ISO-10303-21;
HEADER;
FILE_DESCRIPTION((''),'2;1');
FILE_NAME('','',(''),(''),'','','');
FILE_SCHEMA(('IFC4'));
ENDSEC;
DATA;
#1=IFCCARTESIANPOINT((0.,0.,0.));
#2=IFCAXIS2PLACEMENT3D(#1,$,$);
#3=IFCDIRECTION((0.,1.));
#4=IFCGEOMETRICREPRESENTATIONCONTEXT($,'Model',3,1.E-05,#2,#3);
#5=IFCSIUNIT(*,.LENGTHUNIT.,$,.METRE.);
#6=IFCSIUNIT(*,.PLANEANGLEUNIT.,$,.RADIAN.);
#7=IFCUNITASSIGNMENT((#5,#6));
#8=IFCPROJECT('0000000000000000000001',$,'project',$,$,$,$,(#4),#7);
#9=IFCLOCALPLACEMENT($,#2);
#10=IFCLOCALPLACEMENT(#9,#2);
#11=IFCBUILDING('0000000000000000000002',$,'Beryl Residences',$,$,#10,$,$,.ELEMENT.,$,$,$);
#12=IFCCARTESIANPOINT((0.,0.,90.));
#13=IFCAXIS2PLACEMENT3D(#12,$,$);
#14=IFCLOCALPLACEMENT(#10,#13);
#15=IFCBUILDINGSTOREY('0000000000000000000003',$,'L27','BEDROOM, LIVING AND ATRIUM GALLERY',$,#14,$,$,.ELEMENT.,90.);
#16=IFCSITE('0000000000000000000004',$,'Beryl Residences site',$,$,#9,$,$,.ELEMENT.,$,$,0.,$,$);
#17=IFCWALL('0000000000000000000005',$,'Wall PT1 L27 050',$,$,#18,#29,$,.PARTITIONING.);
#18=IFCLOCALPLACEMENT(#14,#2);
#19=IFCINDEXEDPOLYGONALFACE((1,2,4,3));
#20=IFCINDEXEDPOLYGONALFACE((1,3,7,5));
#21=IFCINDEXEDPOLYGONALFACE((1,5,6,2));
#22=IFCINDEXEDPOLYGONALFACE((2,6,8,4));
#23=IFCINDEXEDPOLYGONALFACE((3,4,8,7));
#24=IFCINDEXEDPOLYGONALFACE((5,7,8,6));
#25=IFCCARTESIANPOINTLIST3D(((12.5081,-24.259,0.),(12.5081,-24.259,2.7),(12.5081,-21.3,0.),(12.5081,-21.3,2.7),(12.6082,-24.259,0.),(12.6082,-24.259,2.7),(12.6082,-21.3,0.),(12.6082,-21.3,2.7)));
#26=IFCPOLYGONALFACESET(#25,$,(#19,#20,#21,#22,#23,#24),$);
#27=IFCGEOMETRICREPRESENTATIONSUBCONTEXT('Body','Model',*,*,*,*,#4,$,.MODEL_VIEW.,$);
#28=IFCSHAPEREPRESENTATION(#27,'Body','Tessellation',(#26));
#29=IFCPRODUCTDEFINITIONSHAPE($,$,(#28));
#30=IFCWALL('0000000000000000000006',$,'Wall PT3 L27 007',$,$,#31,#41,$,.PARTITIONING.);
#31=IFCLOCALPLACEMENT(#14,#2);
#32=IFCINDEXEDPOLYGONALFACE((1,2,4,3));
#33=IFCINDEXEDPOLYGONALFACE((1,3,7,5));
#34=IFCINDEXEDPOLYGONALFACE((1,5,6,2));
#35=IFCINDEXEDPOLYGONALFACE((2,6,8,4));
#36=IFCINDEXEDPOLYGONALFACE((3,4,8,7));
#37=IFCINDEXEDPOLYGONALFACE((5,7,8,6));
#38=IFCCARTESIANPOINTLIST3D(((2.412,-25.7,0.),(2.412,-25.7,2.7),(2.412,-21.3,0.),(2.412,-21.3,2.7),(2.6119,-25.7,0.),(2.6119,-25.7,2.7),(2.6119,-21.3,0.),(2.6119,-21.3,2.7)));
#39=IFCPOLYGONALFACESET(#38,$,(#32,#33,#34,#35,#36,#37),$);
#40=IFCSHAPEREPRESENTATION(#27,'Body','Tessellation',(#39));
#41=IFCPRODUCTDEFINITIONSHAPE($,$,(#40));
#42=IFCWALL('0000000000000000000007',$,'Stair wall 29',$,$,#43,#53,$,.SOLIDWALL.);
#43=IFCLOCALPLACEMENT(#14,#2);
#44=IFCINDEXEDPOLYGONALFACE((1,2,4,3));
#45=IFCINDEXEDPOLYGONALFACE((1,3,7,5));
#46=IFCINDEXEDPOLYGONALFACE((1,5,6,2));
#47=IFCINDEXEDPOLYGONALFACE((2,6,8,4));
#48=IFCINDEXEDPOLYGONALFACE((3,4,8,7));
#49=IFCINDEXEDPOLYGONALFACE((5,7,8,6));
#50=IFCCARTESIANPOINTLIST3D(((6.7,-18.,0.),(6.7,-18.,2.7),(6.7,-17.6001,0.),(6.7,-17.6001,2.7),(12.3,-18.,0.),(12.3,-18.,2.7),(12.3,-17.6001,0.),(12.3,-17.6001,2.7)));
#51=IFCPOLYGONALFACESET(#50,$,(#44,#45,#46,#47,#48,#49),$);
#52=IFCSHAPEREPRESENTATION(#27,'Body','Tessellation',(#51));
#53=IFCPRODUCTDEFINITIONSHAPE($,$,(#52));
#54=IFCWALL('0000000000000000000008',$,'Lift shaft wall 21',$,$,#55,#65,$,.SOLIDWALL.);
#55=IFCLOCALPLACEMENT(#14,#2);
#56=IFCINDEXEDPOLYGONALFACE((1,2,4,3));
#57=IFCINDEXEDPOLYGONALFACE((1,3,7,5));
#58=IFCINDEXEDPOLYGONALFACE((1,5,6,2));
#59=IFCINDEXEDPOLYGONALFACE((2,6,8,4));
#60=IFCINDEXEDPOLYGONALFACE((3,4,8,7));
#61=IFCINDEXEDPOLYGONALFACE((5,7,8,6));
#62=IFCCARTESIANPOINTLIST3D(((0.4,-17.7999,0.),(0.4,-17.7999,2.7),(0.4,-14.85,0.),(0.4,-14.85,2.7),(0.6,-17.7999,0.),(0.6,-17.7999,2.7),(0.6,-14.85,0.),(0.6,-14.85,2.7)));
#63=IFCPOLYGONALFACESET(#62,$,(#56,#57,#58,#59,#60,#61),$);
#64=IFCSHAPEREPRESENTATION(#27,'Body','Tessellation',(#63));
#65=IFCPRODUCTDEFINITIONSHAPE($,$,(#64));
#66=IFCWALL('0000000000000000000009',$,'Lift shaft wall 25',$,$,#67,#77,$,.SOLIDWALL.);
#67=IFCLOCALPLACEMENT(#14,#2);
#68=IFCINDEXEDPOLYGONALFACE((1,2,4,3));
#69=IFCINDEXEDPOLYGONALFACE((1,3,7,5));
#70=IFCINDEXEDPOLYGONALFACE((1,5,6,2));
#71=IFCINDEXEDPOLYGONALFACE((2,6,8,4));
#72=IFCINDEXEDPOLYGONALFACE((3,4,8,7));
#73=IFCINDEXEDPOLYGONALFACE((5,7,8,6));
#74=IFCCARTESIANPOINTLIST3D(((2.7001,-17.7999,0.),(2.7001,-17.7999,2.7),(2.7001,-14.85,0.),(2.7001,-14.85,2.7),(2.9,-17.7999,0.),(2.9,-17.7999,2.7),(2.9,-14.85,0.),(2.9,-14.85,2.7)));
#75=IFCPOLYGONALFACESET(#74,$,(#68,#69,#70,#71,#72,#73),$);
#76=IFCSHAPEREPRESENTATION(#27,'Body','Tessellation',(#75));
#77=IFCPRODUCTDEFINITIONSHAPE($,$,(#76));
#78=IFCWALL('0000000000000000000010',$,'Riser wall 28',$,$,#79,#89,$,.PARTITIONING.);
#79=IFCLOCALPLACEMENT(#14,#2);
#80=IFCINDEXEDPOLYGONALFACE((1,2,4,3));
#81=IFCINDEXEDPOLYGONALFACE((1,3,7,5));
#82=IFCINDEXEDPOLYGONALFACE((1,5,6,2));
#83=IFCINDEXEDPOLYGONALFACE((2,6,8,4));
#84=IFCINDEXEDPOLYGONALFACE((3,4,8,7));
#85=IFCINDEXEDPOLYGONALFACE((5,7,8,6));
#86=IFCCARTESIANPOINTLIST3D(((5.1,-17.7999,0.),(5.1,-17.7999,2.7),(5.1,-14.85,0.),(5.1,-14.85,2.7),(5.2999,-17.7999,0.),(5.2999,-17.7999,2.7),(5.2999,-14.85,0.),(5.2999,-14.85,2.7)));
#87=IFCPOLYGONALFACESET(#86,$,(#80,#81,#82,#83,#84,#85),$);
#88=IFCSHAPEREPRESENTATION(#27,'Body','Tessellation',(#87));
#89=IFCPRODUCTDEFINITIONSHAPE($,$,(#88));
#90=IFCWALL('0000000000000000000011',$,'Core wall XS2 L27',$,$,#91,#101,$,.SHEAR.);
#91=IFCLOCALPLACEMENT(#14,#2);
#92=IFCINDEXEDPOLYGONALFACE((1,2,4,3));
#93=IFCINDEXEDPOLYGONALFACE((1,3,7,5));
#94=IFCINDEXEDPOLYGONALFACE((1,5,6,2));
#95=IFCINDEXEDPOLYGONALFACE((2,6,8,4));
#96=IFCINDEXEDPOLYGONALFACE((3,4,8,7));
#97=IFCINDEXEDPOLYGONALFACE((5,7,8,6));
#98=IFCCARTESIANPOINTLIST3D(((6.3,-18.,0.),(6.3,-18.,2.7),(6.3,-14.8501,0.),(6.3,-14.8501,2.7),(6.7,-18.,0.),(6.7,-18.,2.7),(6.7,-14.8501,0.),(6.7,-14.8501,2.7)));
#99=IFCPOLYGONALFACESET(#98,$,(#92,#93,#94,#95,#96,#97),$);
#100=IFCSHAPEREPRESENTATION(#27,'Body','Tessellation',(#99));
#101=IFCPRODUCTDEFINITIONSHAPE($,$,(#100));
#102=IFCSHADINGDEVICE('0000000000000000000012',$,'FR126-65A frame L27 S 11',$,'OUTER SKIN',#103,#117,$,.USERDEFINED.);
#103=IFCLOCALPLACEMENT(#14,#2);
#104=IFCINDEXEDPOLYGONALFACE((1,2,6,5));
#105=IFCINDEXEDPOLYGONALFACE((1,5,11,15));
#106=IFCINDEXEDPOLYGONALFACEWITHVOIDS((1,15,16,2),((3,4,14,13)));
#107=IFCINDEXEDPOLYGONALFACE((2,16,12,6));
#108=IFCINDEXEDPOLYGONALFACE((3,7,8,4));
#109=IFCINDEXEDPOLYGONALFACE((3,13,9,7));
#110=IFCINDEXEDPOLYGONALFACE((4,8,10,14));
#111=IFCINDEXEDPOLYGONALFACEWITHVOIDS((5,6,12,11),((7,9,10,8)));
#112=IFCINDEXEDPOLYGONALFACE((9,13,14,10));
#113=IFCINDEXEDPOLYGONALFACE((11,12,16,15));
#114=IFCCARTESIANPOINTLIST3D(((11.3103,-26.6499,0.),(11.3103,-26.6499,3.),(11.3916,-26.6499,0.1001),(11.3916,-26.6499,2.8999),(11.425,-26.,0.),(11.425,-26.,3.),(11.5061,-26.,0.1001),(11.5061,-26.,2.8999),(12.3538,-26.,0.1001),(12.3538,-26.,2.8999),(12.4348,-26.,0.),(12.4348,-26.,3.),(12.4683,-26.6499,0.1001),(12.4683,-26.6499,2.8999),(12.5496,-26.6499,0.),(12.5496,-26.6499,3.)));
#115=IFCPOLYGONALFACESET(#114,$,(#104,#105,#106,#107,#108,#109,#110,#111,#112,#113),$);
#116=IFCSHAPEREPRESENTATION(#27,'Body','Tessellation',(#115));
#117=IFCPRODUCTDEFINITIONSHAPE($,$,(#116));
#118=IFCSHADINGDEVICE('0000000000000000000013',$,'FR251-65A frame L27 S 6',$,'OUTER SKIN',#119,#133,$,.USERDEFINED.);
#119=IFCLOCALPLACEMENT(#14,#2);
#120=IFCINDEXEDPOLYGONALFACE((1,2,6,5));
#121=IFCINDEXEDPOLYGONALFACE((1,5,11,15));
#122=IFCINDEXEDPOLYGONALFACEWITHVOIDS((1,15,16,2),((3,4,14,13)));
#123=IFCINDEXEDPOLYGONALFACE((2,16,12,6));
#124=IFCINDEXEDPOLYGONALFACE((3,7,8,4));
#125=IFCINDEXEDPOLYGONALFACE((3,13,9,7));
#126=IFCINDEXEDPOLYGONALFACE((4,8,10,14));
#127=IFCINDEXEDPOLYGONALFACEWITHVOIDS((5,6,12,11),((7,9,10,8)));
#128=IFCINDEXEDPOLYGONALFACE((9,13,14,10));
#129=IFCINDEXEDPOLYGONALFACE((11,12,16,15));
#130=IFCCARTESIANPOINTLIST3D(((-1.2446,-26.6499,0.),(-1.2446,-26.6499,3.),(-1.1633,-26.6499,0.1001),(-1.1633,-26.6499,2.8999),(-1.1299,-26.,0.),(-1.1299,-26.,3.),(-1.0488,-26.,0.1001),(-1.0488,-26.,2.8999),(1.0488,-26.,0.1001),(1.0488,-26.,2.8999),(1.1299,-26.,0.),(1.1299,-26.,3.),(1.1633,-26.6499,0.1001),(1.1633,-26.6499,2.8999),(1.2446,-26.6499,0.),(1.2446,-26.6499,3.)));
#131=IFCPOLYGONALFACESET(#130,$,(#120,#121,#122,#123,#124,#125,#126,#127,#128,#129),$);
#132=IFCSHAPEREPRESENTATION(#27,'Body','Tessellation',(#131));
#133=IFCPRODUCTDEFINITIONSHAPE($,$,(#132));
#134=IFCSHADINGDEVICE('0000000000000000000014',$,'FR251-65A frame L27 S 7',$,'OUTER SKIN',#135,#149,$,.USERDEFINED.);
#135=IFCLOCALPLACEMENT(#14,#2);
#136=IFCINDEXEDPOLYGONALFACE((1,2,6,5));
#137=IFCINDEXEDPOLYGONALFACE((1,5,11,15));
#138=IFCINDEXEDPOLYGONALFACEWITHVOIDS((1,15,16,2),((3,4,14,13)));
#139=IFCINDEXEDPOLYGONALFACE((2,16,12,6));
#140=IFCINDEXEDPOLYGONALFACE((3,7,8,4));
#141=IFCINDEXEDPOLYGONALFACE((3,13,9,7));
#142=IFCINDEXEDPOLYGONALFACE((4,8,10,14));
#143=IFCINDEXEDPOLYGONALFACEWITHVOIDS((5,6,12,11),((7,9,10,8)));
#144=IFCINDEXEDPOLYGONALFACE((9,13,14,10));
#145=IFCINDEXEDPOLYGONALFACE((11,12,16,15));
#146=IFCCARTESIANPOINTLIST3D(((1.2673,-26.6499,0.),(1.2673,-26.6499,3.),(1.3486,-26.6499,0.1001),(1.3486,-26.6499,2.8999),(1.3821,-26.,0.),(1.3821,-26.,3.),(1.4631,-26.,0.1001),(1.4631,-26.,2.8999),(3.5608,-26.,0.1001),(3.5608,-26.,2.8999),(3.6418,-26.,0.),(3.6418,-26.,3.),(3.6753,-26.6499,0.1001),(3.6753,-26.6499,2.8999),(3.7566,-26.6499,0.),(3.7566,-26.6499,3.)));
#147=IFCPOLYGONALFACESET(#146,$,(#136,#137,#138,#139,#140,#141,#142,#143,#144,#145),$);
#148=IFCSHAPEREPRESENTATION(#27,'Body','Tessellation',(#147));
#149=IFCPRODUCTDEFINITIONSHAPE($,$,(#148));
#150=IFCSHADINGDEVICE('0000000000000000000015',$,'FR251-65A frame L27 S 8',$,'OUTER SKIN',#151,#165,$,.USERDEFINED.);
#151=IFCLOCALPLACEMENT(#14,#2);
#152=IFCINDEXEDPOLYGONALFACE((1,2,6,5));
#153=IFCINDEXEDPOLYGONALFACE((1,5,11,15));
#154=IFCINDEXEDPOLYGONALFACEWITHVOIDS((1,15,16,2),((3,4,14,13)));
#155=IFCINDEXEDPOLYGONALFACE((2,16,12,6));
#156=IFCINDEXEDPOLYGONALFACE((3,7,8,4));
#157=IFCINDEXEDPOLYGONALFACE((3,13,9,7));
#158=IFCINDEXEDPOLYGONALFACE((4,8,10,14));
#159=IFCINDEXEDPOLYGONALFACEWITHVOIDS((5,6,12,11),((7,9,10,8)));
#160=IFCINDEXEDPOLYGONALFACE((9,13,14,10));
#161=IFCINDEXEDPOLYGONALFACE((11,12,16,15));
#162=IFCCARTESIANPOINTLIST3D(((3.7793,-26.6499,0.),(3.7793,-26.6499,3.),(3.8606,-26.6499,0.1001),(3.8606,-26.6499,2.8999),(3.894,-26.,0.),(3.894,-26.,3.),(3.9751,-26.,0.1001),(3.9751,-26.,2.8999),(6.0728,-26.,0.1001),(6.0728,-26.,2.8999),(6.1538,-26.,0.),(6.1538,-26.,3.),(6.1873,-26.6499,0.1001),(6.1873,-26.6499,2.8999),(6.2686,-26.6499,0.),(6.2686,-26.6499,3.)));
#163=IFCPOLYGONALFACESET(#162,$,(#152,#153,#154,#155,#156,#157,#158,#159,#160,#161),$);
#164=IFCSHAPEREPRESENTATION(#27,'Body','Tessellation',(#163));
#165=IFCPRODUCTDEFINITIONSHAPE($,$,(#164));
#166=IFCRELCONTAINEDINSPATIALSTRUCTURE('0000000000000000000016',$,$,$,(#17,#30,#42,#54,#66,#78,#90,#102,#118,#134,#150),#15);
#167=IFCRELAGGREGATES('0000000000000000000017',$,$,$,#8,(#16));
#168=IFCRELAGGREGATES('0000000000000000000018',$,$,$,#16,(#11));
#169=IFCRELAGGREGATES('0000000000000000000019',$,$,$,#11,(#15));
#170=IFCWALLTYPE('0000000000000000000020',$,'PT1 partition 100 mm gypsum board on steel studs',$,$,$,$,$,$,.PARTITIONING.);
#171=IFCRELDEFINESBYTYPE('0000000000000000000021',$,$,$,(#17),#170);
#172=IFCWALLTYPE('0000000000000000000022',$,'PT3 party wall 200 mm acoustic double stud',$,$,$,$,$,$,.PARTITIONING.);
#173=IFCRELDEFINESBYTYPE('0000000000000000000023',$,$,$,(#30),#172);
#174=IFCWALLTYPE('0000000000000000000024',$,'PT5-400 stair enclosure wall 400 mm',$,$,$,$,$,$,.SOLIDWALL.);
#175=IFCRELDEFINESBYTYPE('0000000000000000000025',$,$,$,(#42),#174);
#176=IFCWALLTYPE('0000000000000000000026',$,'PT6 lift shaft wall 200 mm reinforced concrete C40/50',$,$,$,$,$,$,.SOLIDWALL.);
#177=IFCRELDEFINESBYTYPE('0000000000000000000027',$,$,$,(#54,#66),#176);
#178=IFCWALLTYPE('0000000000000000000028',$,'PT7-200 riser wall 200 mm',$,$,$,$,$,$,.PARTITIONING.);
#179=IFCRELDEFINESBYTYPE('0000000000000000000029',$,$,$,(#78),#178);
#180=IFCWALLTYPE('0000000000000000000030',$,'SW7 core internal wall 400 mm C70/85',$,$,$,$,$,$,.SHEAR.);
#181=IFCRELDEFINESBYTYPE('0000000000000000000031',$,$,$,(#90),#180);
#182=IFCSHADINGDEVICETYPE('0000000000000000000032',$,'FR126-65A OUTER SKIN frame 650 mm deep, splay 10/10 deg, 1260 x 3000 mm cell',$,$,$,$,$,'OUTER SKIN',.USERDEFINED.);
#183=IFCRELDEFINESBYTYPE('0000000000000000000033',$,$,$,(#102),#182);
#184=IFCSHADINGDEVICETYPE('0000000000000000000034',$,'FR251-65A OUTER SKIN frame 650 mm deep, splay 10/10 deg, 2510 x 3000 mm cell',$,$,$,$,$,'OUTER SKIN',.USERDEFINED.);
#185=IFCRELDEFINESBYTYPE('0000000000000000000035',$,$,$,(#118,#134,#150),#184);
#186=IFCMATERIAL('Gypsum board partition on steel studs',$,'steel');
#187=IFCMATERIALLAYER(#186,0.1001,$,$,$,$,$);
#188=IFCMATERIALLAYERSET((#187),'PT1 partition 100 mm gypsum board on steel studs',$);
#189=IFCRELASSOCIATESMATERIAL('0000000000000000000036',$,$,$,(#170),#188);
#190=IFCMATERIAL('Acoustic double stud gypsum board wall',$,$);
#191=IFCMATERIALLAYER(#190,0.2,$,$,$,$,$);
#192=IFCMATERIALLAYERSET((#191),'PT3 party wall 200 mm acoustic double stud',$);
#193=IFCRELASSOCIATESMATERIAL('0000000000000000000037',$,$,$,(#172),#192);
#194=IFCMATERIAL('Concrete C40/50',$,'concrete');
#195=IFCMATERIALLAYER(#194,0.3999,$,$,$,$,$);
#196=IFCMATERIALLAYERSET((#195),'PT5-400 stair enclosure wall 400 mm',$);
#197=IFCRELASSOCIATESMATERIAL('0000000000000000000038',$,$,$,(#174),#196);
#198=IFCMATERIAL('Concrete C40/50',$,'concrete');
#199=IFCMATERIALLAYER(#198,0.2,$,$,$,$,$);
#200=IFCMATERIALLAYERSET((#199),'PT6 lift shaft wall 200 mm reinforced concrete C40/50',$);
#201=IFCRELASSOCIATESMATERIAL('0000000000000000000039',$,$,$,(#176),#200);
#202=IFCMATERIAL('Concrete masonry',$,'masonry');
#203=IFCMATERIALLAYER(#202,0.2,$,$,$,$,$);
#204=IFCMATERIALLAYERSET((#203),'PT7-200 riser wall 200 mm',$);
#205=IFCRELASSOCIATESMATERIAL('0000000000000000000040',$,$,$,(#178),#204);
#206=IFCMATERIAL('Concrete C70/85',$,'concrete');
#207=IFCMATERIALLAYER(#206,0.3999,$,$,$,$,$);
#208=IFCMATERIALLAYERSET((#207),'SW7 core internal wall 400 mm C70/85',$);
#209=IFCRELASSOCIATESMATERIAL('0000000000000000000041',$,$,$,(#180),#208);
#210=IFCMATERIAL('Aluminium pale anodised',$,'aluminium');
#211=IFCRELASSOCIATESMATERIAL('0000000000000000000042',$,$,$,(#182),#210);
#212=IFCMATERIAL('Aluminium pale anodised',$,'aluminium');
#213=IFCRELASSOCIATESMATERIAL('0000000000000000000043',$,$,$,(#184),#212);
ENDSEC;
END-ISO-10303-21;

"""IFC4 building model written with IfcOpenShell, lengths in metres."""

from ifc_helpers import new_model, entity, si_unit, direction, frame, frame_2d, origin, place, context, subcontext, project, spatial, rectangle, extrude, source, transform, mapped, material, layer, layer_set, type_object, type_shapes, element, save


model = new_model("IFC4")

# Units and contexts
model_context = context("Model", 3, precision=1e-05, world=origin(), true_north=direction((0.0, 1.0)))
body_context = subcontext(model_context, "Body", "Model", "MODEL_VIEW")
ifc_project = project(units=[si_unit("LENGTHUNIT", "METRE"), si_unit("PLANEANGLEUNIT", "RADIAN")], contexts=[model_context])

# Site, building, storey
site_placement = place(None, origin())
site = spatial("IfcSite", under=ifc_project, at=site_placement, Name="Beryl Residences site", CompositionType="ELEMENT", RefElevation=0.0)
building_placement = place(site_placement, origin())
building = spatial("IfcBuilding", under=site, at=building_placement, Name="Beryl Residences", CompositionType="ELEMENT")
storey_placement = place(building_placement, frame((0.0, 0.0, 90.0)))
storey = spatial("IfcBuildingStorey", under=building, at=storey_placement, Name="L27", Description="BEDROOM, LIVING AND ATRIUM GALLERY", CompositionType="ELEMENT", Elevation=90.0)

# Shared definitions
ifc_material_1 = material(Name="Gypsum board partition on steel studs", Category="steel")
ifc_layer_1 = layer(ifc_material_1, 0.1001)
ifc_layer_set_1 = layer_set([ifc_layer_1], Name="PT1 partition 100 mm gypsum board on steel studs")
wall_type_1 = type_object("IfcWallType", Name="PT1 partition 100 mm gypsum board on steel studs", PredefinedType="PARTITIONING", material=ifc_layer_set_1)

# Walls
wall_1_placement = place(storey_placement, frame((12.5581, -24.259, 0.0), z_axis=(0.0, 0.0, 1.0), x_axis=(0.0, 1.0, 0.0)))
element("IfcWall", 1, at=wall_1_placement, inside=storey, type_object=wall_type_1, Name="Wall PT1 L27 050", PredefinedType="PARTITIONING", context=body_context, shape_type="SweptSolid", body=[
    extrude(rectangle(XDim=2.959, YDim=0.1001, at=frame_2d((1.4795, 0.0))), origin(), (0.0, 0.0, 1.0), 2.7),
])
ifc_material_2 = material(Name="Acoustic double stud gypsum board wall")
ifc_layer_2 = layer(ifc_material_2, 0.2)
ifc_layer_set_2 = layer_set([ifc_layer_2], Name="PT3 party wall 200 mm acoustic double stud")
wall_type_2 = type_object("IfcWallType", Name="PT3 party wall 200 mm acoustic double stud", PredefinedType="PARTITIONING", material=ifc_layer_set_2)
wall_2_placement = place(storey_placement, frame((2.512, -25.7, 0.0), z_axis=(0.0, 0.0, 1.0), x_axis=(0.0, 1.0, 0.0)))
element("IfcWall", 2, at=wall_2_placement, inside=storey, type_object=wall_type_2, Name="Wall PT3 L27 007", PredefinedType="PARTITIONING", context=body_context, shape_type="SweptSolid", body=[
    extrude(rectangle(XDim=4.3999, YDim=0.2, at=frame_2d((2.2, 0.0))), origin(), (0.0, 0.0, 1.0), 2.7),
])
ifc_material_3 = material(Name="Concrete C40/50", Category="concrete")
ifc_layer_3 = layer(ifc_material_3, 0.3999)
ifc_layer_set_3 = layer_set([ifc_layer_3], Name="PT5-400 stair enclosure wall 400 mm")
wall_type_3 = type_object("IfcWallType", Name="PT5-400 stair enclosure wall 400 mm", PredefinedType="SOLIDWALL", material=ifc_layer_set_3)
wall_3_placement = place(storey_placement, frame((6.7, -17.8, 0.0), z_axis=(0.0, 0.0, 1.0), x_axis=(1.0, 0.0, 0.0)))
element("IfcWall", 3, at=wall_3_placement, inside=storey, type_object=wall_type_3, Name="Stair wall 29", PredefinedType="SOLIDWALL", context=body_context, shape_type="SweptSolid", body=[
    extrude(rectangle(XDim=5.6001, YDim=0.3999, at=frame_2d((2.8, 0.0))), origin(), (0.0, 0.0, 1.0), 2.7),
])
ifc_material_4 = material(Name="Concrete C40/50", Category="concrete")
ifc_layer_4 = layer(ifc_material_4, 0.2)
ifc_layer_set_4 = layer_set([ifc_layer_4], Name="PT6 lift shaft wall 200 mm reinforced concrete C40/50")
wall_type_4 = type_object("IfcWallType", Name="PT6 lift shaft wall 200 mm reinforced concrete C40/50", PredefinedType="SOLIDWALL", material=ifc_layer_set_4)
for number, where, z_axis, x_axis, name in (
    (4, (0.5, -17.8, 0.0), (0.0, 0.0, 1.0), (0.0, 1.0, 0.0), "Lift shaft wall 21"),
    (5, (2.8, -17.8, 0.0), (0.0, 0.0, 1.0), (0.0, 1.0, 0.0), "Lift shaft wall 25"),
):
    element("IfcWall", number, at=place(storey_placement, frame(where, z_axis=z_axis, x_axis=x_axis)), inside=storey, type_object=wall_type_4, Name=name, PredefinedType="SOLIDWALL", context=body_context, shape_type="SweptSolid", body=[
        extrude(rectangle(XDim=2.95, YDim=0.2, at=frame_2d((1.4751, 0.0))), origin(), (0.0, 0.0, 1.0), 2.7),
    ])
ifc_material_5 = material(Name="Concrete masonry", Category="masonry")
ifc_layer_5 = layer(ifc_material_5, 0.2)
ifc_layer_set_5 = layer_set([ifc_layer_5], Name="PT7-200 riser wall 200 mm")
wall_type_5 = type_object("IfcWallType", Name="PT7-200 riser wall 200 mm", PredefinedType="PARTITIONING", material=ifc_layer_set_5)
wall_4_placement = place(storey_placement, frame((5.2, -17.8, 0.0), z_axis=(0.0, 0.0, 1.0), x_axis=(0.0, 1.0, 0.0)))
element("IfcWall", 6, at=wall_4_placement, inside=storey, type_object=wall_type_5, Name="Riser wall 28", PredefinedType="PARTITIONING", context=body_context, shape_type="SweptSolid", body=[
    extrude(rectangle(XDim=2.95, YDim=0.2, at=frame_2d((1.4751, 0.0))), origin(), (0.0, 0.0, 1.0), 2.7),
])
ifc_material_6 = material(Name="Concrete C70/85", Category="concrete")
ifc_layer_6 = layer(ifc_material_6, 0.3999)
ifc_layer_set_6 = layer_set([ifc_layer_6], Name="SW7 core internal wall 400 mm C70/85")
wall_type_6 = type_object("IfcWallType", Name="SW7 core internal wall 400 mm C70/85", PredefinedType="SHEAR", material=ifc_layer_set_6)
wall_5_placement = place(storey_placement, frame((6.5, -18.0, 0.0), z_axis=(0.0, 0.0, 1.0), x_axis=(0.0, 1.0, 0.0)))
element("IfcWall", 7, at=wall_5_placement, inside=storey, type_object=wall_type_6, Name="Core wall XS2 L27", PredefinedType="SHEAR", context=body_context, shape_type="SweptSolid", body=[
    extrude(rectangle(XDim=3.1499, YDim=0.3999, at=frame_2d((1.575, 0.0))), origin(), (0.0, 0.0, 1.0), 2.7),
])

# Shading devices
ifc_material_7 = material(Name="Aluminium pale anodised", Category="aluminium")
shading_device_type_1 = type_object("IfcShadingDeviceType", Name="FR126-65A OUTER SKIN frame 650 mm deep, splay 10/10 deg, 1260 x 3000 mm cell", ElementType="OUTER SKIN", PredefinedType="USERDEFINED", material=ifc_material_7)
cartesian_point_1 = entity("IfcCartesianPoint", [-0.5049, 0.0])
cartesian_point_2 = entity("IfcCartesianPoint", [-0.4238, 0.1001])
cartesian_point_3 = entity("IfcCartesianPoint", [-0.6196, 0.0])
cartesian_point_4 = entity("IfcCartesianPoint", [-0.5383, 0.1001])
shared_shape_1 = source(origin(), body_context, "Body", "SweptSolid", [
    entity("IfcExtrudedAreaSolidTapered", entity("IfcArbitraryProfileDefWithVoids", "AREA", None, entity("IfcPolyline", [cartesian_point_1, entity("IfcCartesianPoint", [0.5049, 0.0]), entity("IfcCartesianPoint", [0.5049, 3.0]), entity("IfcCartesianPoint", [-0.5049, 3.0]), cartesian_point_1]), [entity("IfcPolyline", [cartesian_point_2, entity("IfcCartesianPoint", [0.4238, 0.1001]), entity("IfcCartesianPoint", [0.4238, 2.8999]), entity("IfcCartesianPoint", [-0.4238, 2.8999]), cartesian_point_2])]), entity("IfcAxis2Placement3D", entity("IfcCartesianPoint", [0.0, 0.0, 0.0]), entity("IfcDirection", [0.0, 1.0, 0.0]), entity("IfcDirection", [-1.0, 0.0, 0.0])), entity("IfcDirection", [0.0, 0.0, 1.0]), 0.6499, entity("IfcArbitraryProfileDefWithVoids", "AREA", None, entity("IfcPolyline", [cartesian_point_3, entity("IfcCartesianPoint", [0.6196, 0.0]), entity("IfcCartesianPoint", [0.6196, 3.0]), entity("IfcCartesianPoint", [-0.6196, 3.0]), cartesian_point_3]), [entity("IfcPolyline", [cartesian_point_4, entity("IfcCartesianPoint", [0.5383, 0.1001]), entity("IfcCartesianPoint", [0.5383, 2.8999]), entity("IfcCartesianPoint", [-0.5383, 2.8999]), cartesian_point_4])])),
])
type_shapes(shading_device_type_1, [shared_shape_1])
shading_device_placement = place(storey_placement, frame((11.9299, -26.0, 0.0), z_axis=(0.0, 0.0, 1.0), x_axis=(-1.0, 0.0, 0.0)))
element("IfcShadingDevice", 8, at=shading_device_placement, inside=storey, type_object=shading_device_type_1, Name="FR126-65A frame L27 S 11", ObjectType="OUTER SKIN", PredefinedType="USERDEFINED", context=body_context, shape_type="MappedRepresentation", body=[
    mapped(shared_shape_1, transform((0.0, 0.0, 0.0))),
])
ifc_material_8 = material(Name="Aluminium pale anodised", Category="aluminium")
shading_device_type_2 = type_object("IfcShadingDeviceType", Name="FR251-65A OUTER SKIN frame 650 mm deep, splay 10/10 deg, 2510 x 3000 mm cell", ElementType="OUTER SKIN", PredefinedType="USERDEFINED", material=ifc_material_8)
cartesian_point_5 = entity("IfcCartesianPoint", [-1.1299, 0.0])
cartesian_point_6 = entity("IfcCartesianPoint", [-1.0488, 0.1001])
cartesian_point_7 = entity("IfcCartesianPoint", [-1.2446, 0.0])
cartesian_point_8 = entity("IfcCartesianPoint", [-1.1633, 0.1001])
shared_shape_2 = source(origin(), body_context, "Body", "SweptSolid", [
    entity("IfcExtrudedAreaSolidTapered", entity("IfcArbitraryProfileDefWithVoids", "AREA", None, entity("IfcPolyline", [cartesian_point_5, entity("IfcCartesianPoint", [1.1299, 0.0]), entity("IfcCartesianPoint", [1.1299, 3.0]), entity("IfcCartesianPoint", [-1.1299, 3.0]), cartesian_point_5]), [entity("IfcPolyline", [cartesian_point_6, entity("IfcCartesianPoint", [1.0488, 0.1001]), entity("IfcCartesianPoint", [1.0488, 2.8999]), entity("IfcCartesianPoint", [-1.0488, 2.8999]), cartesian_point_6])]), entity("IfcAxis2Placement3D", entity("IfcCartesianPoint", [0.0, 0.0, 0.0]), entity("IfcDirection", [0.0, 1.0, 0.0]), entity("IfcDirection", [-1.0, 0.0, 0.0])), entity("IfcDirection", [0.0, 0.0, 1.0]), 0.6499, entity("IfcArbitraryProfileDefWithVoids", "AREA", None, entity("IfcPolyline", [cartesian_point_7, entity("IfcCartesianPoint", [1.2446, 0.0]), entity("IfcCartesianPoint", [1.2446, 3.0]), entity("IfcCartesianPoint", [-1.2446, 3.0]), cartesian_point_7]), [entity("IfcPolyline", [cartesian_point_8, entity("IfcCartesianPoint", [1.1633, 0.1001]), entity("IfcCartesianPoint", [1.1633, 2.8999]), entity("IfcCartesianPoint", [-1.1633, 2.8999]), cartesian_point_8])])),
])
type_shapes(shading_device_type_2, [shared_shape_2])
for number, where, z_axis, x_axis, name in (
    (9, (0.0, -26.0, 0.0), (0.0, 0.0, 1.0), (-1.0, 0.0, 0.0), "FR251-65A frame L27 S 6"),
    (10, (2.512, -26.0, 0.0), (0.0, 0.0, 1.0), (-1.0, 0.0, 0.0), "FR251-65A frame L27 S 7"),
    (11, (5.0239, -26.0, 0.0), (0.0, 0.0, 1.0), (-1.0, 0.0, 0.0), "FR251-65A frame L27 S 8"),
):
    element("IfcShadingDevice", number, at=place(storey_placement, frame(where, z_axis=z_axis, x_axis=x_axis)), inside=storey, type_object=shading_device_type_2, Name=name, ObjectType="OUTER SKIN", PredefinedType="USERDEFINED", context=body_context, shape_type="MappedRepresentation", body=[
        mapped(shared_shape_2, transform((0.0, 0.0, 0.0))),
    ])

save(model, "model.ifc")
